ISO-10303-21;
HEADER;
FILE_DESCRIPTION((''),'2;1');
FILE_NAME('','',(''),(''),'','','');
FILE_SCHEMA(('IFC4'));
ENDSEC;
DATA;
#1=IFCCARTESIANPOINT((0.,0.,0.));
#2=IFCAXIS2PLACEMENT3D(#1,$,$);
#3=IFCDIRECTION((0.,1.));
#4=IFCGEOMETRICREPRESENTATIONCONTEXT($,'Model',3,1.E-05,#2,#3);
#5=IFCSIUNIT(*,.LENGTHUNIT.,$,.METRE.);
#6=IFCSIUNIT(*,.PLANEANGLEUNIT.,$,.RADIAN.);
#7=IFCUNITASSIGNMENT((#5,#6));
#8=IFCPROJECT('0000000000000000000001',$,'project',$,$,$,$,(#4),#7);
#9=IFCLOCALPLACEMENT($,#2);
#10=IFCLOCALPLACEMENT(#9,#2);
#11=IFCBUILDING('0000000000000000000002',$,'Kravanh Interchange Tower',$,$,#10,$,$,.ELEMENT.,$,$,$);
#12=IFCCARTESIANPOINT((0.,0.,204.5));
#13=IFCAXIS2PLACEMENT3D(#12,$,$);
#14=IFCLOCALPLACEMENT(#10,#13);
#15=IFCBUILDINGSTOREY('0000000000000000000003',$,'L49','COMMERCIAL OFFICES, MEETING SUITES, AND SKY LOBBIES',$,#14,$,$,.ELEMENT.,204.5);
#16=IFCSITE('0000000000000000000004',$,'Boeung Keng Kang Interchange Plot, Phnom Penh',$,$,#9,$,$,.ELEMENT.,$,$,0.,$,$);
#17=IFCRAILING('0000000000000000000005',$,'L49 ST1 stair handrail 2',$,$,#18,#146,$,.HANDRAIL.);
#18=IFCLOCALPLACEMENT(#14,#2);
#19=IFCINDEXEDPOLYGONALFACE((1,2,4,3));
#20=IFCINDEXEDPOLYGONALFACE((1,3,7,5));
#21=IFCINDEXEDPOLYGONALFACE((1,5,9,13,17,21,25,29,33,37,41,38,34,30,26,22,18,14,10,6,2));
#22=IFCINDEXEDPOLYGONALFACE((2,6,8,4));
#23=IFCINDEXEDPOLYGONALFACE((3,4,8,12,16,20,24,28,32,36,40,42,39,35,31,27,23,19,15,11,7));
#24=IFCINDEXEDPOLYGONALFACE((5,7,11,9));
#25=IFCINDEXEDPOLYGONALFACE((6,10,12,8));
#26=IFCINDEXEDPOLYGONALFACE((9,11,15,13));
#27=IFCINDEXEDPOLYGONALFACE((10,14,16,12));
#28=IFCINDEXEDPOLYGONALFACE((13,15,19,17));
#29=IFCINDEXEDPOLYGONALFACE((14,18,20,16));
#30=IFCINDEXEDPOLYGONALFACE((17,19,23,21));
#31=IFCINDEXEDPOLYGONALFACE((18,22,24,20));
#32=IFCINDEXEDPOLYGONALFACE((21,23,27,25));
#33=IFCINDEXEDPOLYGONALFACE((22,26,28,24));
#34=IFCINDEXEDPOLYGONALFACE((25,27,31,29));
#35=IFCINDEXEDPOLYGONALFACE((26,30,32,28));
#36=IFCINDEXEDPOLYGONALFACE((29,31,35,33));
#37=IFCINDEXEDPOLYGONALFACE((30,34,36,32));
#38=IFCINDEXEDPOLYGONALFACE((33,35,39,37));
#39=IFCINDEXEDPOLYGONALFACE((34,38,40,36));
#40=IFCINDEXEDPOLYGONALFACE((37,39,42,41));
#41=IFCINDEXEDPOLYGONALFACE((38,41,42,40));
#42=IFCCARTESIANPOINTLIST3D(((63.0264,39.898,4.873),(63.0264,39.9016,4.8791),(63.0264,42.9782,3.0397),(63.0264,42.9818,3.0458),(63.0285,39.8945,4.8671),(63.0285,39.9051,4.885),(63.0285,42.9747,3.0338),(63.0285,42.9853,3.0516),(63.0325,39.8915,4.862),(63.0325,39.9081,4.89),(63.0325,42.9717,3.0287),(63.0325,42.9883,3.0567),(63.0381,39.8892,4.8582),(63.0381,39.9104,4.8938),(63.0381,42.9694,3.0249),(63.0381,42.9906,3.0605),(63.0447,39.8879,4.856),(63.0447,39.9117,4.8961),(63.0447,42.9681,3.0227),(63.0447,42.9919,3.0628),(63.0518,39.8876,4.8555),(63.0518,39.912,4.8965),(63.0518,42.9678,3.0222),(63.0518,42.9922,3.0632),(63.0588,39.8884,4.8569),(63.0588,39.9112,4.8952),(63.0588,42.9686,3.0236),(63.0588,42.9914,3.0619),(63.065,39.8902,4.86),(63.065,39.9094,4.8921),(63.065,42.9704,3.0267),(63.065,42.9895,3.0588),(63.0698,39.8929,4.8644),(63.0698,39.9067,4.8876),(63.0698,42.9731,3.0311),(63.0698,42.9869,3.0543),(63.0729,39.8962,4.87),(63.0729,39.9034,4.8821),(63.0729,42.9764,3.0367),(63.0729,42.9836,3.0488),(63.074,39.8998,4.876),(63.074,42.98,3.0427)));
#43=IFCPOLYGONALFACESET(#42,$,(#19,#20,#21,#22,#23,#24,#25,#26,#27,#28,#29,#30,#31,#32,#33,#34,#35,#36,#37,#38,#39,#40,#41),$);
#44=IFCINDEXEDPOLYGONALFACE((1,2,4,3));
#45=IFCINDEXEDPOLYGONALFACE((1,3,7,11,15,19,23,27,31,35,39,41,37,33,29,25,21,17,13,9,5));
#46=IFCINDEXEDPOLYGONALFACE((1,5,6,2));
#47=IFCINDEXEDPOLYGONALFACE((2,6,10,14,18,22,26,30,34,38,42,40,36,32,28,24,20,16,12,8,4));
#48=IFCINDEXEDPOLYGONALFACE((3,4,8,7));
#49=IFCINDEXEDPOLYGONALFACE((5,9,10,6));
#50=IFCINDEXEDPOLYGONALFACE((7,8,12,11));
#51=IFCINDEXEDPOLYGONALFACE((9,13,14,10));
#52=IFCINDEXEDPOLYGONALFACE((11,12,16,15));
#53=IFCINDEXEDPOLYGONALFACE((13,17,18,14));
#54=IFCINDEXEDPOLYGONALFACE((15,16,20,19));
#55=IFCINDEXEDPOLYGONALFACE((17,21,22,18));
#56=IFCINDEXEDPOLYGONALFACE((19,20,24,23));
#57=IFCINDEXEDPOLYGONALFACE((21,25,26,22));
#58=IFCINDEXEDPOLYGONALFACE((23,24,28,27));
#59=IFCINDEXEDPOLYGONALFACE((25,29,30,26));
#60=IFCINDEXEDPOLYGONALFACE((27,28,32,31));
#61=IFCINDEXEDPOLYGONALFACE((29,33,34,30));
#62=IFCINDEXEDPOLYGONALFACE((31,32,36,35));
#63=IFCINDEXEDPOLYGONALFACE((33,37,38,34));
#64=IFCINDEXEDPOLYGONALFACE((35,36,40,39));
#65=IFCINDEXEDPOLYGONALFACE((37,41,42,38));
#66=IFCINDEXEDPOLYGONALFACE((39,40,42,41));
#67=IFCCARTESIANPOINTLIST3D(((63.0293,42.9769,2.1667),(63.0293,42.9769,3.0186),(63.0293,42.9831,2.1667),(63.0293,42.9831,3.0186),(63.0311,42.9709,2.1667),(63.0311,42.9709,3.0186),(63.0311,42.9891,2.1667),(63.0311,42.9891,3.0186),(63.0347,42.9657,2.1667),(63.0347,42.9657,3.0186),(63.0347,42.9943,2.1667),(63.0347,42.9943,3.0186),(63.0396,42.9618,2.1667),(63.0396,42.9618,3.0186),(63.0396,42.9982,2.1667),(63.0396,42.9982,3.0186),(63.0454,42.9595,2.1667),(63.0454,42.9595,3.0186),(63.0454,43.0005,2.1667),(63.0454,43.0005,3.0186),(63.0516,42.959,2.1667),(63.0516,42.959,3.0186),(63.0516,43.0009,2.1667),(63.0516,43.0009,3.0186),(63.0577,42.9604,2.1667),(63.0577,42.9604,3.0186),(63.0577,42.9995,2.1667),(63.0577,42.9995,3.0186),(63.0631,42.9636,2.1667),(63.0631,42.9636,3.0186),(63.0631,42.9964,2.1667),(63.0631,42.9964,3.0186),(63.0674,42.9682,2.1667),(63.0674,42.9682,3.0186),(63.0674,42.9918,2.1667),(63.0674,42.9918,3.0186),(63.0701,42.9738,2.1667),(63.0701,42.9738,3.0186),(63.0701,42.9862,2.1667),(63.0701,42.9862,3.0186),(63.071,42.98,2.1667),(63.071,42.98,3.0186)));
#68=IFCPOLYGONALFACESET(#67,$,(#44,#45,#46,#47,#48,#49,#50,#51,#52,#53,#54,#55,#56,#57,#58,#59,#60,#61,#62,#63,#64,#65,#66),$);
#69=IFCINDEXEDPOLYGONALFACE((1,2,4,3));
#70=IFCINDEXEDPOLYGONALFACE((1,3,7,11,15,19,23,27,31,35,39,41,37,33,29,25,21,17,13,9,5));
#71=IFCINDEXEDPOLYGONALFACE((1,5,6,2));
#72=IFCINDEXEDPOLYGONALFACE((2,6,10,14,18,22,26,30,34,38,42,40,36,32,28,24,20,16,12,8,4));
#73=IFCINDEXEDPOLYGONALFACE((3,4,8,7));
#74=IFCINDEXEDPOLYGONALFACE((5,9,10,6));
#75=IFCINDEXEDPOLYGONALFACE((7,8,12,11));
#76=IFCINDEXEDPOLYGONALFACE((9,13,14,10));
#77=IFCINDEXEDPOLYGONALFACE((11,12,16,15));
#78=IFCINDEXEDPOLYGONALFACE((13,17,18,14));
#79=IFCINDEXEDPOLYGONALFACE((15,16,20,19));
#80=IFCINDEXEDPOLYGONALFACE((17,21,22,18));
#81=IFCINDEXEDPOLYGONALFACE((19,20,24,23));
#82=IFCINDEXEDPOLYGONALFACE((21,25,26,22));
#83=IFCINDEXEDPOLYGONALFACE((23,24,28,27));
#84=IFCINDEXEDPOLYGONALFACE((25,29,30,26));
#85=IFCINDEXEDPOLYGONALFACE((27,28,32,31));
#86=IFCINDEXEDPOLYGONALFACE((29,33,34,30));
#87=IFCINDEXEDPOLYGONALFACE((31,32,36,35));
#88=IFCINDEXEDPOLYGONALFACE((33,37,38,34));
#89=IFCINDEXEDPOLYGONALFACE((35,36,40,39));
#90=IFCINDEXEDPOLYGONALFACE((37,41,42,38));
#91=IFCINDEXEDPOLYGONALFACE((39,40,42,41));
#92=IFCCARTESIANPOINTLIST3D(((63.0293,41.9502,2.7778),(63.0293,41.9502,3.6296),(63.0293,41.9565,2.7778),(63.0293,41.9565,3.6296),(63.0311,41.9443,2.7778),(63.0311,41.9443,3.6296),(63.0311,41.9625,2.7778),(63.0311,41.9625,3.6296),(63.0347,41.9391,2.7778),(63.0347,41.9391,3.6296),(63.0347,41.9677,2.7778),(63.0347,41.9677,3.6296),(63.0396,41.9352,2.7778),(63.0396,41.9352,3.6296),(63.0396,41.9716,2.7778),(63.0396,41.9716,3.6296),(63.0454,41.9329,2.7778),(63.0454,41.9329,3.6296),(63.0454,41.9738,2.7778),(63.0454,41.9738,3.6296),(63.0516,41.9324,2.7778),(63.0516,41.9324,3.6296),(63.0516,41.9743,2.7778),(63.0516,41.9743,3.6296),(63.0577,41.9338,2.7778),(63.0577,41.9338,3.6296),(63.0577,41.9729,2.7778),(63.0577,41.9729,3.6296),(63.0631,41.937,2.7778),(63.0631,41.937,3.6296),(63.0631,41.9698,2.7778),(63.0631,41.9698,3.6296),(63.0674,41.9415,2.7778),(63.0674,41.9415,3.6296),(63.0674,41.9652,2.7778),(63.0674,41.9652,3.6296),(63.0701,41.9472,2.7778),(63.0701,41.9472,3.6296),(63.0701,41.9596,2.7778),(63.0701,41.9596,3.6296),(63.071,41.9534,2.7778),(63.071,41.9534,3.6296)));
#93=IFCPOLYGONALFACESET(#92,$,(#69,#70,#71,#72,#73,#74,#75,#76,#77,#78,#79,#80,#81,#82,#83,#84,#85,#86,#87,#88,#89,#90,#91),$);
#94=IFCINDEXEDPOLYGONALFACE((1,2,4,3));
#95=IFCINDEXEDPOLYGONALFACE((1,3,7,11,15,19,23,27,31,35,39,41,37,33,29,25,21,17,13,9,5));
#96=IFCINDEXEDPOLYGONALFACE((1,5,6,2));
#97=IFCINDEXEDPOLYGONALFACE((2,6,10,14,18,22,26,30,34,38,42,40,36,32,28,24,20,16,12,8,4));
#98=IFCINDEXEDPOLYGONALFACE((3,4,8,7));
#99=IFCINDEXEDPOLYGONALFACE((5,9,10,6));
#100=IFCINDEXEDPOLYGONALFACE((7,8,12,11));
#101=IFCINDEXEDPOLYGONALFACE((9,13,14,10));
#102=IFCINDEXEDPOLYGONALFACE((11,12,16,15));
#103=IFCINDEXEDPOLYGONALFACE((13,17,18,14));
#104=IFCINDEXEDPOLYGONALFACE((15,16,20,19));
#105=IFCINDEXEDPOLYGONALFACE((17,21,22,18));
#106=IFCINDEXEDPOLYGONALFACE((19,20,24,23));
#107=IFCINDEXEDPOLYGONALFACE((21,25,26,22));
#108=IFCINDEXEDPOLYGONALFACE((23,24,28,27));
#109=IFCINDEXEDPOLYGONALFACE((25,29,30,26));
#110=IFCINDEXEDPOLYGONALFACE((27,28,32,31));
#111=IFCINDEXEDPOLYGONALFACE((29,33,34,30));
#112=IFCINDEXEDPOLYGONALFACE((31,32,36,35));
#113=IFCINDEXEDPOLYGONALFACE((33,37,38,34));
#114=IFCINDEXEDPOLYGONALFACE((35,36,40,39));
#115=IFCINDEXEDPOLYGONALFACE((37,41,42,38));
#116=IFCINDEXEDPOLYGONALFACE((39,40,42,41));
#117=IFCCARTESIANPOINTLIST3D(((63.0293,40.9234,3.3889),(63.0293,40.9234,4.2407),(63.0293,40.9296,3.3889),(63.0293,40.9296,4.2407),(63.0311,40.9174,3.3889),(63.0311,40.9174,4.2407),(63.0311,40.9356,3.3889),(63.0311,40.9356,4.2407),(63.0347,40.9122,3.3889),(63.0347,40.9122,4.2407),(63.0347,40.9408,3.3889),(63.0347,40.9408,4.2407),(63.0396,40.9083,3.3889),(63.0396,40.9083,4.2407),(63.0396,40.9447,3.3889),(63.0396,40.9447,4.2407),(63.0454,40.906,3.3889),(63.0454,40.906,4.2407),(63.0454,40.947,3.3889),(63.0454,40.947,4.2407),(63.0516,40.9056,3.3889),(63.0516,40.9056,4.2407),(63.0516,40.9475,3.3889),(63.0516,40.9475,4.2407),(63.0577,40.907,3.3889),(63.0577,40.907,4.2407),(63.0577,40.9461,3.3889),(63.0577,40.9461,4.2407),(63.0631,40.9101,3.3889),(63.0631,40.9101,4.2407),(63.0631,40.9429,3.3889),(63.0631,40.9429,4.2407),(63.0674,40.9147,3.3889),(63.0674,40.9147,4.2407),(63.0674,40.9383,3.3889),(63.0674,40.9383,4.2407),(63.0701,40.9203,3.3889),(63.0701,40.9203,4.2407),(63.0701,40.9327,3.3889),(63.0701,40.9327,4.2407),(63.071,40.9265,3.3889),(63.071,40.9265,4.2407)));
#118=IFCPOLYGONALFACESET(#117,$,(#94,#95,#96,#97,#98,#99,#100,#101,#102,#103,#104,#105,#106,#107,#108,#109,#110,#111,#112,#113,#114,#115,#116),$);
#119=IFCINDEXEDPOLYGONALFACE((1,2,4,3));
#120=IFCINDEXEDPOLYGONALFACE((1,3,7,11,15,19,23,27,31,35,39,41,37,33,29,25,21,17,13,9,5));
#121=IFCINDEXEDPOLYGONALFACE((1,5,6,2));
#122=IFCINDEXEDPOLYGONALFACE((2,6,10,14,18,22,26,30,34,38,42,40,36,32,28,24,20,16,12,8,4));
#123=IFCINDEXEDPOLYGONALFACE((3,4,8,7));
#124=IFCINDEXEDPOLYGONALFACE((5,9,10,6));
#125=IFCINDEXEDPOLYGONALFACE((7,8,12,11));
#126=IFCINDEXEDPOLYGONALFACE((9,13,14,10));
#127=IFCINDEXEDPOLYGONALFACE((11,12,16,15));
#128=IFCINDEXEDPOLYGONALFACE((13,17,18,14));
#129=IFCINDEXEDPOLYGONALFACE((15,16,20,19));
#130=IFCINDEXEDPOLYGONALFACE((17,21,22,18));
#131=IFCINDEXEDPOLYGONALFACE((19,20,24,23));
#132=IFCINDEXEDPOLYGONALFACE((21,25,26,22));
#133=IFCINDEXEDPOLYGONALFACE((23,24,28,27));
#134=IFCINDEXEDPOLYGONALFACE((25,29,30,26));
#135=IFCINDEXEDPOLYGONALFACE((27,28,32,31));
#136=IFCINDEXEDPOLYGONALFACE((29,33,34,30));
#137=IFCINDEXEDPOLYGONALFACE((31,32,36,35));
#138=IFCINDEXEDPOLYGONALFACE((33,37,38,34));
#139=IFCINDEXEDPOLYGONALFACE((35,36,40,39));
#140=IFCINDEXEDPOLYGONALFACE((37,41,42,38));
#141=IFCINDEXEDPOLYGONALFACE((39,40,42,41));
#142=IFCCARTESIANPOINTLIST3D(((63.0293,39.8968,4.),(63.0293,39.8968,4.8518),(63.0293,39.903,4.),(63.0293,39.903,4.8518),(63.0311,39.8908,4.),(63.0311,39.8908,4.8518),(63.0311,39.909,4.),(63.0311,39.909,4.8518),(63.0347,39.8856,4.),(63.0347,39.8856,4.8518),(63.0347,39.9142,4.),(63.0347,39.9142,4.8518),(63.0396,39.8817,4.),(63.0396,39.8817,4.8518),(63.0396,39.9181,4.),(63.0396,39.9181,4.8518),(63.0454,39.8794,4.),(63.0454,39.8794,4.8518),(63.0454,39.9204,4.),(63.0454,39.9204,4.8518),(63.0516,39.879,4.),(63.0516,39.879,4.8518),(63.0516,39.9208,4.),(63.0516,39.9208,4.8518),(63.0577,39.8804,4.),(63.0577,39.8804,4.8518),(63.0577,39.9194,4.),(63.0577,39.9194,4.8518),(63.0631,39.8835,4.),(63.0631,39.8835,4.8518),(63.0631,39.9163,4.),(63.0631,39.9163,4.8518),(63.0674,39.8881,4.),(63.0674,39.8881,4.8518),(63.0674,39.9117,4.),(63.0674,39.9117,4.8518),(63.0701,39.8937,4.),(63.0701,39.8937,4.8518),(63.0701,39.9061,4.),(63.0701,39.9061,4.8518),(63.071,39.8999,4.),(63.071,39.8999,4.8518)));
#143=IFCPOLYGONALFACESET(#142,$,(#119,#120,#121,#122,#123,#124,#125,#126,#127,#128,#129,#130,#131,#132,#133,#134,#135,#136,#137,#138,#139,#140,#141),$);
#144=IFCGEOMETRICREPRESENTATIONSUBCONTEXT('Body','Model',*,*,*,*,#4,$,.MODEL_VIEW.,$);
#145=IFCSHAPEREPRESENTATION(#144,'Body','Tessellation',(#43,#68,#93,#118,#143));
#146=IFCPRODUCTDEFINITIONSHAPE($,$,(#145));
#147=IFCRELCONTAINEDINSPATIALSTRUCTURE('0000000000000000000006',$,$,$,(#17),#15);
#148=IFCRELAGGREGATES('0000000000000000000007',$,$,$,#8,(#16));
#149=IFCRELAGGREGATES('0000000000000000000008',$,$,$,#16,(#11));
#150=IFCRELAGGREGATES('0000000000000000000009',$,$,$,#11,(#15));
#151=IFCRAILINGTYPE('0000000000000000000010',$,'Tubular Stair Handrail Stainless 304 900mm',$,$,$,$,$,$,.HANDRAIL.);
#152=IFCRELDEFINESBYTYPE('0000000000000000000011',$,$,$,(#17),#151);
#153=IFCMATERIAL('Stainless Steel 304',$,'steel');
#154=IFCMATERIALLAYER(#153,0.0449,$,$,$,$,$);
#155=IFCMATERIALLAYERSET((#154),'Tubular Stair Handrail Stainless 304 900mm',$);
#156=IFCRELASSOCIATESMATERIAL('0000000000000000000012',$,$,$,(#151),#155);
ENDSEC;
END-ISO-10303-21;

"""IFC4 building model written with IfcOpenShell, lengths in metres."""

from ifc_helpers import new_model, si_unit, direction, frame, origin, origin_2d, place, context, subcontext, project, spatial, circle, extrude, material, layer, layer_set, type_object, element, save


model = new_model("IFC4")

# Units and contexts
model_context = context("Model", 3, precision=1e-05, world=origin(), true_north=direction((0.0, 1.0)))
body_context = subcontext(model_context, "Body", "Model", "MODEL_VIEW")
ifc_project = project(units=[si_unit("LENGTHUNIT", "METRE"), si_unit("PLANEANGLEUNIT", "RADIAN")], contexts=[model_context])

# Site, building, storey
site_placement = place(None, origin())
site = spatial("IfcSite", under=ifc_project, at=site_placement, Name="Boeung Keng Kang Interchange Plot, Phnom Penh", CompositionType="ELEMENT", RefElevation=0.0)
building_placement = place(site_placement, origin())
building = spatial("IfcBuilding", under=site, at=building_placement, Name="Kravanh Interchange Tower", CompositionType="ELEMENT")
storey_placement = place(building_placement, frame((0.0, 0.0, 204.5)))
storey = spatial("IfcBuildingStorey", under=building, at=storey_placement, Name="L49", Description="COMMERCIAL OFFICES, MEETING SUITES, AND SKY LOBBIES", CompositionType="ELEMENT", Elevation=204.5)

# Railing
ifc_material_1 = material(Name="Stainless Steel 304", Category="steel")
ifc_layer_1 = layer(ifc_material_1, 0.0449)
ifc_layer_set_1 = layer_set([ifc_layer_1], Name="Tubular Stair Handrail Stainless 304 900mm")
railing_type_1 = type_object("IfcRailingType", Name="Tubular Stair Handrail Stainless 304 900mm", PredefinedType="HANDRAIL", material=ifc_layer_set_1)
railing_1_placement = place(storey_placement, frame((63.05, 42.98, 2.1667)))
element("IfcRailing", 1, at=railing_1_placement, inside=storey, type_object=railing_type_1, Name="L49 ST1 stair handrail 2", PredefinedType="HANDRAIL", context=body_context, shape_type="SweptSolid", body=[
    extrude(circle(Radius=0.0239, at=origin_2d()), frame((0.0, 0.0, 0.876), z_axis=(0.0, -0.859309, 0.511458), x_axis=(1.0, 0.0, 0.0)), (0.0, 0.0, 1.0), 3.5845),
    extrude(circle(Radius=0.021, at=origin_2d()), origin(), (0.0, 0.0, 1.0), 0.8518),
    extrude(circle(Radius=0.021, at=origin_2d()), frame((0.0, -1.0266, 0.6111)), (0.0, 0.0, 1.0), 0.8518),
    extrude(circle(Radius=0.021, at=origin_2d()), frame((0.0, -2.0535, 1.2222)), (0.0, 0.0, 1.0), 0.8518),
    extrude(circle(Radius=0.021, at=origin_2d()), frame((0.0, -3.0801, 1.8333)), (0.0, 0.0, 1.0), 0.8518),
])

save(model, "model.ifc")
